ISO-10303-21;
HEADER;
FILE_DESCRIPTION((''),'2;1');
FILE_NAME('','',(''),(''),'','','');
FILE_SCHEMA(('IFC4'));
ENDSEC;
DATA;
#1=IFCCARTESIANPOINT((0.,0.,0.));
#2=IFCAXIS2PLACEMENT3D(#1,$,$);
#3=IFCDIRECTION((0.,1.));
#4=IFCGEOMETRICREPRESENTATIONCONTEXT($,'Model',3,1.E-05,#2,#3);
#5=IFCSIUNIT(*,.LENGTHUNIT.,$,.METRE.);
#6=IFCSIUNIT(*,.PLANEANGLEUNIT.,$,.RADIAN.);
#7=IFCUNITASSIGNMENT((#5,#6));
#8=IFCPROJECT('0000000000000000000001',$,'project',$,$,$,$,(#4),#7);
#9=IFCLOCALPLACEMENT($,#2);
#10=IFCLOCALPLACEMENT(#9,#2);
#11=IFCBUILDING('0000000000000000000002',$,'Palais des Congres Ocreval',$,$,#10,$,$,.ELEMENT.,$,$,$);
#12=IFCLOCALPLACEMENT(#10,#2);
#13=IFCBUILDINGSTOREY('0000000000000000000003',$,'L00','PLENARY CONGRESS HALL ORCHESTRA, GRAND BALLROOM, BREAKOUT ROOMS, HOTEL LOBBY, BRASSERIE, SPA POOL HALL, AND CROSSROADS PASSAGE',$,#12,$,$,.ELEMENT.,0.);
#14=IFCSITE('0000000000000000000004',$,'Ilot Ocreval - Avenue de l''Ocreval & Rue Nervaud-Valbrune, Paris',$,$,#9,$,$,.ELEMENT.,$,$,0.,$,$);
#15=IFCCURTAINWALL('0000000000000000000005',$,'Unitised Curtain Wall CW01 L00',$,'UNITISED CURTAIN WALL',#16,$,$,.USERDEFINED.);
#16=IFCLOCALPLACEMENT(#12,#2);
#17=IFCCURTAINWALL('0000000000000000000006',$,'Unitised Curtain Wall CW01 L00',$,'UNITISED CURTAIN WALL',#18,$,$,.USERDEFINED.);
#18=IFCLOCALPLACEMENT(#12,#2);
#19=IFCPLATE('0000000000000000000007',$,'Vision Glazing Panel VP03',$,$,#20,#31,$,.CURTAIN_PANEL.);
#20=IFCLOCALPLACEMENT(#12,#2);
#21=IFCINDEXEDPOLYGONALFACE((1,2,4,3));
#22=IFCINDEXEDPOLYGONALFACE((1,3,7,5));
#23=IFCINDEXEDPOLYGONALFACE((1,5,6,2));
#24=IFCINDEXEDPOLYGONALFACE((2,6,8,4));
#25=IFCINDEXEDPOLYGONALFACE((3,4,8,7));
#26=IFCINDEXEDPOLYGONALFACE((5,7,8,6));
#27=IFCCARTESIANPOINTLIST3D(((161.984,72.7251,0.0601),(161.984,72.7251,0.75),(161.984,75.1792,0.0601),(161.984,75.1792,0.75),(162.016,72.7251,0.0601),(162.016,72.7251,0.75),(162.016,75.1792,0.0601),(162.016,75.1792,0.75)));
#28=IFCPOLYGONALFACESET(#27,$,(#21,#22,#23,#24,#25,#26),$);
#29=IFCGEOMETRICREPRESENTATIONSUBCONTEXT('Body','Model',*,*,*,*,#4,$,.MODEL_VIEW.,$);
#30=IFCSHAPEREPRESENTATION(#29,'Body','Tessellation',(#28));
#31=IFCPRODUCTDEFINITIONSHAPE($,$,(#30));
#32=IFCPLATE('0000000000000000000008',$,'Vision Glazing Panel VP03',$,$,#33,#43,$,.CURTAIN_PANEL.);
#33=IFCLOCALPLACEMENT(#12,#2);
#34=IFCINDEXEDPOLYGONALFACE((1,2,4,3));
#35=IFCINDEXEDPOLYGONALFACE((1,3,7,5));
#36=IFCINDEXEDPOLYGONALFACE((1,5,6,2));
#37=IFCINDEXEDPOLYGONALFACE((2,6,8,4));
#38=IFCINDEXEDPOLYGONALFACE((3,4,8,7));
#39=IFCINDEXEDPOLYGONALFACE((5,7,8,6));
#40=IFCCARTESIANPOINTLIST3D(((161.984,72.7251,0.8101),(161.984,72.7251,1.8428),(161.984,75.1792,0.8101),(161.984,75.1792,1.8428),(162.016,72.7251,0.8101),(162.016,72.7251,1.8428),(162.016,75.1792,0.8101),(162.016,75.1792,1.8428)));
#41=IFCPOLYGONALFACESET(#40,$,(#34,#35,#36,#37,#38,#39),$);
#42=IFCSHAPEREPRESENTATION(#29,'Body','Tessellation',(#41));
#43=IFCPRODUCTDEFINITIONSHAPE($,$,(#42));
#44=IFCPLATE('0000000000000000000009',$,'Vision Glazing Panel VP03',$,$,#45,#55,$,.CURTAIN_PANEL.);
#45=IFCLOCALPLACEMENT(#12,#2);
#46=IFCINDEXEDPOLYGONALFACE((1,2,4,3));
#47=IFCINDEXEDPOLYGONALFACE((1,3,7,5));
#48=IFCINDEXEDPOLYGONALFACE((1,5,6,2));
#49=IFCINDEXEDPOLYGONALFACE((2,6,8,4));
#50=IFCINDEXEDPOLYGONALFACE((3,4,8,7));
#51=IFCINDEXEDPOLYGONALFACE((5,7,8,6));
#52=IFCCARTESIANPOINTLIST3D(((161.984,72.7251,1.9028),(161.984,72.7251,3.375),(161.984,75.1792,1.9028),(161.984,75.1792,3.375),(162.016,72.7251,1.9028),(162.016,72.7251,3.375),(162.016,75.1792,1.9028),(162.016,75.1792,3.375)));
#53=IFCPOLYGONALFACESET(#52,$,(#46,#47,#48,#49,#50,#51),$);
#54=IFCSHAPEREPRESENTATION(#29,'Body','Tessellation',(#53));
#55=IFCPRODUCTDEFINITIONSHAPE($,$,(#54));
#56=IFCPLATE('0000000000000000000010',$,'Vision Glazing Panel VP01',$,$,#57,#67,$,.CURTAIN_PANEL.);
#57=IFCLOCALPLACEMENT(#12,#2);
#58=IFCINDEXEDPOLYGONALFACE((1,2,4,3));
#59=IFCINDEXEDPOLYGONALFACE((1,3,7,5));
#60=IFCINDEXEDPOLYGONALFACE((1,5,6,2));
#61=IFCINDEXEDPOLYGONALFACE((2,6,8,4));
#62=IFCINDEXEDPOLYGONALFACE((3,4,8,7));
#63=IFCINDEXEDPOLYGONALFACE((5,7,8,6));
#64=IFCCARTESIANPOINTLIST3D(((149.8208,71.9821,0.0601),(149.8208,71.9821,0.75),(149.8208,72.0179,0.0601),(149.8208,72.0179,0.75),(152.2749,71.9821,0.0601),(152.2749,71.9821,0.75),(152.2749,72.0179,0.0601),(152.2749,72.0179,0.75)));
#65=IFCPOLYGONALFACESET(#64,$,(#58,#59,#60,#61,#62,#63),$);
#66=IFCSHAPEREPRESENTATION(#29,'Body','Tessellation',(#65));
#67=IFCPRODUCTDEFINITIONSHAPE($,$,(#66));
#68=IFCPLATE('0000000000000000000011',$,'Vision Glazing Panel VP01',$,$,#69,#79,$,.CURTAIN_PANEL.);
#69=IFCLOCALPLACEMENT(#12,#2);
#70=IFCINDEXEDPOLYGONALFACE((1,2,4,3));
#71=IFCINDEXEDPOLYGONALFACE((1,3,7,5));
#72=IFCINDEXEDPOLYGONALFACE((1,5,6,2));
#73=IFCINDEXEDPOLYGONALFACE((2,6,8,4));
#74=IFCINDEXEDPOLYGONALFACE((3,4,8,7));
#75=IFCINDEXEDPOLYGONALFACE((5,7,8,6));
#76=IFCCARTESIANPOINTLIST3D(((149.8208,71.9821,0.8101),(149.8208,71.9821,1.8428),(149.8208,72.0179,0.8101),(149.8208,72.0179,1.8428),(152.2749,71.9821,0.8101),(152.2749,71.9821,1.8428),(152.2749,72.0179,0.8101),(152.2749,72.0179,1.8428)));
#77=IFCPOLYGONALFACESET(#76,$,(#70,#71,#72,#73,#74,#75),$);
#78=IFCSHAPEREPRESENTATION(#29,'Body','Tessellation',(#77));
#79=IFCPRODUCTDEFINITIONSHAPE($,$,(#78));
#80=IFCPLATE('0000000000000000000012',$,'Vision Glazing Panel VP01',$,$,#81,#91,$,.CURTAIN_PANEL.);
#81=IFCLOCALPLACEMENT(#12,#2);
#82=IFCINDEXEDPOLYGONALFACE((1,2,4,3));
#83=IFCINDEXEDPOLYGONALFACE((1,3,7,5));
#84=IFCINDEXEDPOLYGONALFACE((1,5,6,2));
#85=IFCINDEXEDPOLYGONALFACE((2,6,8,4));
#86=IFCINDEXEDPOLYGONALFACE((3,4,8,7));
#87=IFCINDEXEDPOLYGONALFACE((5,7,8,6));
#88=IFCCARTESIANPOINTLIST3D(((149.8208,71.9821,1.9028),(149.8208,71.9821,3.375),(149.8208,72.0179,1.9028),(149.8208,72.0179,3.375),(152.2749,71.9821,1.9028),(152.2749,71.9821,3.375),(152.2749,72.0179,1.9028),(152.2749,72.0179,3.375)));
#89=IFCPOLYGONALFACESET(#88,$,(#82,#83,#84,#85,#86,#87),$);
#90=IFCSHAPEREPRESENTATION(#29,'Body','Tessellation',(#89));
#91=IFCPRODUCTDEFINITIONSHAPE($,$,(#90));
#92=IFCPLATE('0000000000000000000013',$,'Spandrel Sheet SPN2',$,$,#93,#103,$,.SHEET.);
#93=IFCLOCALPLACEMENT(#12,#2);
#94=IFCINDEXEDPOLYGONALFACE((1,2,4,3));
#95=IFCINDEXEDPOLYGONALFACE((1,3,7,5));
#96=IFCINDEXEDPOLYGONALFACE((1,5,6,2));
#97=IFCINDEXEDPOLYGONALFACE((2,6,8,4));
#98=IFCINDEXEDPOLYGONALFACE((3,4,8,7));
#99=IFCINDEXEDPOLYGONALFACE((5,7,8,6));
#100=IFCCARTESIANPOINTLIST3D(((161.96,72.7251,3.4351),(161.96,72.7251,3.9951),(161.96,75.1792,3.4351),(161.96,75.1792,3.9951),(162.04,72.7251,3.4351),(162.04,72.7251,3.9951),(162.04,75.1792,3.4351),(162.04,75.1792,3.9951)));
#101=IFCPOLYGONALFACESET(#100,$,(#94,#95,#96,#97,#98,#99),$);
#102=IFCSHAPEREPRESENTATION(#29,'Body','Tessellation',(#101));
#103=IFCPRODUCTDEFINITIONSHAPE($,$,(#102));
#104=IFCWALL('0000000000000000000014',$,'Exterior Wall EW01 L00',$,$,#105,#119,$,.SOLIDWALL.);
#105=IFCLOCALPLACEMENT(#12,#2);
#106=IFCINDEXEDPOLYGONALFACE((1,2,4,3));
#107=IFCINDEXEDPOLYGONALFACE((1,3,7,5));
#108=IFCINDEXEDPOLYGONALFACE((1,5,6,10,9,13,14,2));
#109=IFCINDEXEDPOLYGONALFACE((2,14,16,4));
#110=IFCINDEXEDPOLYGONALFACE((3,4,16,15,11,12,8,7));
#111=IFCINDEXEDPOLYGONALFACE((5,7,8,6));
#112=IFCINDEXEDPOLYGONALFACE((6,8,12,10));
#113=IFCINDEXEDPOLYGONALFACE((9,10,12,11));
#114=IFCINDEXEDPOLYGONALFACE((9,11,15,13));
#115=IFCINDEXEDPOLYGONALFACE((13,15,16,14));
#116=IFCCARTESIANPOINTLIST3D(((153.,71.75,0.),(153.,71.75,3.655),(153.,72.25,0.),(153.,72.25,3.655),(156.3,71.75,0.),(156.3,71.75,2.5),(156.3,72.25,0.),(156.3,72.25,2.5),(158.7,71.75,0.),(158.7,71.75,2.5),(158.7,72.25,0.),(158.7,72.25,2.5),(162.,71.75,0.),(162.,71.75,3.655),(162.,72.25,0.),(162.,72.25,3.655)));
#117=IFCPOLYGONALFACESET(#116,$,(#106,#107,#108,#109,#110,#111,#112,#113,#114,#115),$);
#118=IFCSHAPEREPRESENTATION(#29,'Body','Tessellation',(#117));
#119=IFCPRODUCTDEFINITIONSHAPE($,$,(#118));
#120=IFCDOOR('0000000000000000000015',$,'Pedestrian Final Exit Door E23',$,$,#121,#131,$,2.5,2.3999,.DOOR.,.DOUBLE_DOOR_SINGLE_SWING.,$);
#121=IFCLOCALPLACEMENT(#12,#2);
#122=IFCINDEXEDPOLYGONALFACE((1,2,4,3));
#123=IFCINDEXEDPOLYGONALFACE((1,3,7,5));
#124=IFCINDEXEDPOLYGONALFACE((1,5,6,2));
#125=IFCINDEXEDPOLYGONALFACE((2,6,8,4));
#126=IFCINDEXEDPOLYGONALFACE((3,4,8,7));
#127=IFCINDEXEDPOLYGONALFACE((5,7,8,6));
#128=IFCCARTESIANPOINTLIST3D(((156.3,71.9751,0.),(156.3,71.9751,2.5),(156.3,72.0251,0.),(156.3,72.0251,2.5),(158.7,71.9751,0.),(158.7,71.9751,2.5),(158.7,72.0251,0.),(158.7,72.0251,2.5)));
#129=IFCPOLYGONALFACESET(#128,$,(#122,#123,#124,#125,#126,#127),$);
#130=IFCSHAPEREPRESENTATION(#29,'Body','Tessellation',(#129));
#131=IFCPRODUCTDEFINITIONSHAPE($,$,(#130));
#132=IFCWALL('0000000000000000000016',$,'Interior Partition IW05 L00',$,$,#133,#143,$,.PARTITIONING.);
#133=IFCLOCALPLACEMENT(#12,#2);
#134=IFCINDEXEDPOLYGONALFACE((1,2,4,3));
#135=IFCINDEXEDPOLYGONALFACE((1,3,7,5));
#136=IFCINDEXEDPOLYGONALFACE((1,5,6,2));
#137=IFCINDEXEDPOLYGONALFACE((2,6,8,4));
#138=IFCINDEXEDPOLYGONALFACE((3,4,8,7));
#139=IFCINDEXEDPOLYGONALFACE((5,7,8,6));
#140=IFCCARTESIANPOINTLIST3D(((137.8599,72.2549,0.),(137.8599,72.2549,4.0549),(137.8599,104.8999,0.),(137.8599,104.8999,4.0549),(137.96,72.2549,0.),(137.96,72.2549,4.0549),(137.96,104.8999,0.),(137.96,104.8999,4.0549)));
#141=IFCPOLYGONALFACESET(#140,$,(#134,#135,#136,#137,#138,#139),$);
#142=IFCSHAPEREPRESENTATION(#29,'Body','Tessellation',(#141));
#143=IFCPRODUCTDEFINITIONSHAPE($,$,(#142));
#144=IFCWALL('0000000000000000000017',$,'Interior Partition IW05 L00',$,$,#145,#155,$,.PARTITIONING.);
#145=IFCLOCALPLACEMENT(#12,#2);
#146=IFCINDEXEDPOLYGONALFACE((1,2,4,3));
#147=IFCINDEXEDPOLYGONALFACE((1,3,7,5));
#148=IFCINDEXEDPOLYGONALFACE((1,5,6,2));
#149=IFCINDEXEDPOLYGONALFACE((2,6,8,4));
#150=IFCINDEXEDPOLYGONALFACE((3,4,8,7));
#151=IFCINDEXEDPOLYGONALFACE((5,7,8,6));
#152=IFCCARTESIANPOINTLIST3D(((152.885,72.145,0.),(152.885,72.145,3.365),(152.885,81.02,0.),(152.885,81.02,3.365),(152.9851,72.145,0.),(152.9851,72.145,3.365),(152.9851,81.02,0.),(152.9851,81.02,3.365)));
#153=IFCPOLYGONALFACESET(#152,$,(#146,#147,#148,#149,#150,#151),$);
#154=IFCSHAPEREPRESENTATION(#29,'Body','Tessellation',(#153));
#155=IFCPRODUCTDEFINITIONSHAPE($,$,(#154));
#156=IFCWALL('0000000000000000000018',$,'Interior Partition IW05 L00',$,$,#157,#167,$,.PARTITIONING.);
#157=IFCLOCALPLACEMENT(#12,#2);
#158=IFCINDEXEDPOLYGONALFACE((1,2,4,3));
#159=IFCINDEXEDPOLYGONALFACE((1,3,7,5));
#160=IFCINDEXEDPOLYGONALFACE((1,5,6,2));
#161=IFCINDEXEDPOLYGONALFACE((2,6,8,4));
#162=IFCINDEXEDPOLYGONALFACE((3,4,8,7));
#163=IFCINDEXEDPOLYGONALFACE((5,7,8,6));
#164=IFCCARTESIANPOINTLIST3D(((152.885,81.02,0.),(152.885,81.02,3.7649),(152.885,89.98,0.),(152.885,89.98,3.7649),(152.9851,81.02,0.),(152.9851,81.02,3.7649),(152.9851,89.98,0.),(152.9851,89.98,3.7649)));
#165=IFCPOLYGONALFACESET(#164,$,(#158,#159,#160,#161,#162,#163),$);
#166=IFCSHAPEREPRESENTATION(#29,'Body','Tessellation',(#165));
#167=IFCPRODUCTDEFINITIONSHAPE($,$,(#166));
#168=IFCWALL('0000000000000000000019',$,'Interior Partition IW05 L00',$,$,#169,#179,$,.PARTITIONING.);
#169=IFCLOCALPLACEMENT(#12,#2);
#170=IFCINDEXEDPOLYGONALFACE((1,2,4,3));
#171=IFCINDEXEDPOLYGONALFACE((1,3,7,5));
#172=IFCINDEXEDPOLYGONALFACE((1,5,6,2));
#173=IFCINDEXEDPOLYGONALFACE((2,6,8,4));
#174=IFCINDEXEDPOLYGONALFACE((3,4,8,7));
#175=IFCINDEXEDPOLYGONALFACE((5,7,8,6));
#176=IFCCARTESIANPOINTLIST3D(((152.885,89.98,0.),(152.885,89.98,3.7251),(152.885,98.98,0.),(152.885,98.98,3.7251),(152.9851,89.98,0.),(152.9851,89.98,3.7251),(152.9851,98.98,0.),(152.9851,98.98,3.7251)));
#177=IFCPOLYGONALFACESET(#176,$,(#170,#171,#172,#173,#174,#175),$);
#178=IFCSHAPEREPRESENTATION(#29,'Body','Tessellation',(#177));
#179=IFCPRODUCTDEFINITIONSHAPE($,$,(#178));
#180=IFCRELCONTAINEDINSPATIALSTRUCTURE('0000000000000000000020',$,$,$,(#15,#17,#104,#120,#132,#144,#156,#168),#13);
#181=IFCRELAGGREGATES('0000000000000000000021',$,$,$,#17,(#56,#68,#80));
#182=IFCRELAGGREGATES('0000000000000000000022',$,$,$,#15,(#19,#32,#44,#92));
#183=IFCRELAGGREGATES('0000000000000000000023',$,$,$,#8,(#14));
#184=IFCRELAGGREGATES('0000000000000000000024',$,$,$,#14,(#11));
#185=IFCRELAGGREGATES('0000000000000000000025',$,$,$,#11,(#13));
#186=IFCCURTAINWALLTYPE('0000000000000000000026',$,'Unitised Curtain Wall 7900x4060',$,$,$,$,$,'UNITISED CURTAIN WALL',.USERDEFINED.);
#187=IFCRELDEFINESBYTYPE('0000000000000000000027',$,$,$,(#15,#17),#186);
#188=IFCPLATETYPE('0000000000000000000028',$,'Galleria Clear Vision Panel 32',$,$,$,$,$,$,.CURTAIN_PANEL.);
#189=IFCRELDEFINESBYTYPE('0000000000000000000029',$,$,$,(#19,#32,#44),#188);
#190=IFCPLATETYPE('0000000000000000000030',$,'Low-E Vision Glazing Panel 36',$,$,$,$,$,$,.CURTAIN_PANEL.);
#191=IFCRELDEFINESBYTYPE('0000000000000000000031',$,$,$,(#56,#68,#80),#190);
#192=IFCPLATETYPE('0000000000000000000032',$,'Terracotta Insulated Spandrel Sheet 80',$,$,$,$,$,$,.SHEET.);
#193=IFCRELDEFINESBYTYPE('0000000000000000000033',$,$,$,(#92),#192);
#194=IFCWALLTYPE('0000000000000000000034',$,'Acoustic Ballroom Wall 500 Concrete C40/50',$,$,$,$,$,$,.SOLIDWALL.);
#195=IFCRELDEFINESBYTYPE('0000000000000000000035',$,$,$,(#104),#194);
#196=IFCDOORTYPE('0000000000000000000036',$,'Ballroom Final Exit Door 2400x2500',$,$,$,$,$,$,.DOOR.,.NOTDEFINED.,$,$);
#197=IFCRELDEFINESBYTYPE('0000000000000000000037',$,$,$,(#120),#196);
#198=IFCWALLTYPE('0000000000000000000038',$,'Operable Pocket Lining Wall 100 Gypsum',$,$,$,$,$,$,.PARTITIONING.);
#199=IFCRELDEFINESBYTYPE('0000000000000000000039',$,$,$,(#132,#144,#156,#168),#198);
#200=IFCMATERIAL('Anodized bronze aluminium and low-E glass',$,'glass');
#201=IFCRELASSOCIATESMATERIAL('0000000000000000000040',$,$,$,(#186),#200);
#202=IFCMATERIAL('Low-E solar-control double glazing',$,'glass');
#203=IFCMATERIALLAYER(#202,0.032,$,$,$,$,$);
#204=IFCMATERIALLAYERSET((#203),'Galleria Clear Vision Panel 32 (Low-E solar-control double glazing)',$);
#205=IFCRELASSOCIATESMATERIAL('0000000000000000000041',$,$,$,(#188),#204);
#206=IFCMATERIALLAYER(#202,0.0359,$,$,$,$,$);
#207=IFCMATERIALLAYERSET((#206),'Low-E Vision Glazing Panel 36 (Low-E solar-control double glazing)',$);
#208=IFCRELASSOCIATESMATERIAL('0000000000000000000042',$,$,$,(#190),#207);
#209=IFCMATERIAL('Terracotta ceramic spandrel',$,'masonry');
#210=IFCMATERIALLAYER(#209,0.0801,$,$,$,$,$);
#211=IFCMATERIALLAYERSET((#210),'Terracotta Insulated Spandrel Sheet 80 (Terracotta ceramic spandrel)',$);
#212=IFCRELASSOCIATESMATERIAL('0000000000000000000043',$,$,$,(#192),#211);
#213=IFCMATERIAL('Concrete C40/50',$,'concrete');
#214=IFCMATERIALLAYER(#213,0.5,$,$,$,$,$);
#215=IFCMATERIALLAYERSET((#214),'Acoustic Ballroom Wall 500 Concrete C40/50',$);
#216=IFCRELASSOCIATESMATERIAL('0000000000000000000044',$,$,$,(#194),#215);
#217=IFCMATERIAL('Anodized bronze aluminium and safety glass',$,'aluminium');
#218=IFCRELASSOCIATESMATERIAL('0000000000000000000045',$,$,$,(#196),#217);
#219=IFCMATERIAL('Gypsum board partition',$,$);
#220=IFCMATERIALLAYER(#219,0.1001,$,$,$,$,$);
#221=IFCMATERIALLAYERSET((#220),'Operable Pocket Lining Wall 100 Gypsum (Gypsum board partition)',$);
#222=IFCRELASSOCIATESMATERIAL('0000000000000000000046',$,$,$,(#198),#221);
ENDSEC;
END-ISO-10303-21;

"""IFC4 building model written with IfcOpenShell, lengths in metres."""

from ifc_helpers import new_model, si_unit, direction, frame, frame_2d, origin, origin_2d, place, context, subcontext, project, spatial, rectangle, extrude, material, layer, layer_set, type_object, element, fill, aggregate, save


model = new_model("IFC4")

# Units and contexts
model_context = context("Model", 3, precision=1e-05, world=origin(), true_north=direction((0.0, 1.0)))
body_context = subcontext(model_context, "Body", "Model", "MODEL_VIEW")
ifc_project = project(units=[si_unit("LENGTHUNIT", "METRE"), si_unit("PLANEANGLEUNIT", "RADIAN")], contexts=[model_context])

# Site, building, storey
site_placement = place(None, origin())
site = spatial("IfcSite", under=ifc_project, at=site_placement, Name="Ilot Ocreval - Avenue de l'Ocreval & Rue Nervaud-Valbrune, Paris", CompositionType="ELEMENT", RefElevation=0.0)
building_placement = place(site_placement, origin())
building = spatial("IfcBuilding", under=site, at=building_placement, Name="Palais des Congres Ocreval", CompositionType="ELEMENT")
storey_placement = place(building_placement, origin())
storey = spatial("IfcBuildingStorey", under=building, at=storey_placement, Name="L00", Description="PLENARY CONGRESS HALL ORCHESTRA, GRAND BALLROOM, BREAKOUT ROOMS, HOTEL LOBBY, BRASSERIE, SPA POOL HALL, AND CROSSROADS PASSAGE", CompositionType="ELEMENT", Elevation=0.0)

# Curtain wall
ifc_material_1 = material(Name="Anodized bronze aluminium and low-E glass", Category="glass")
curtain_wall_type = type_object("IfcCurtainWallType", Name="Unitised Curtain Wall 7900x4060", ElementType="UNITISED CURTAIN WALL", PredefinedType="USERDEFINED", material=ifc_material_1)
curtain_wall_1_placement = place(storey_placement, origin())
curtain_wall_1 = element("IfcCurtainWall", 1, at=curtain_wall_1_placement, inside=storey, type_object=curtain_wall_type, Name="Unitised Curtain Wall CW01 L00", ObjectType="UNITISED CURTAIN WALL", PredefinedType="USERDEFINED")

# Curtain wall
curtain_wall_2_placement = place(storey_placement, origin())
curtain_wall_2 = element("IfcCurtainWall", 2, at=curtain_wall_2_placement, inside=storey, type_object=curtain_wall_type, Name="Unitised Curtain Wall CW01 L00", ObjectType="UNITISED CURTAIN WALL", PredefinedType="USERDEFINED")

# Plates
ifc_material_2 = material(Name="Low-E solar-control double glazing", Category="glass")
ifc_layer_1 = layer(ifc_material_2, 0.032)
ifc_layer_set_1 = layer_set([ifc_layer_1], Name="Galleria Clear Vision Panel 32 (Low-E solar-control double glazing)")
plate_type_1 = type_object("IfcPlateType", Name="Galleria Clear Vision Panel 32", PredefinedType="CURTAIN_PANEL", material=ifc_layer_set_1)
plate_1_placement = place(storey_placement, frame((162.0, 73.9521, 0.0601), z_axis=(0.0, 0.0, 1.0), x_axis=(0.0, -1.0, 0.0)))
plate_1 = element("IfcPlate", 3, at=plate_1_placement, type_object=plate_type_1, Name="Vision Glazing Panel VP03", PredefinedType="CURTAIN_PANEL", context=body_context, shape_type="SweptSolid", body=[
    extrude(rectangle(XDim=2.4541, YDim=0.032, at=origin_2d()), origin(), (0.0, 0.0, 1.0), 0.6899),
])
plate_2_placement = place(storey_placement, frame((162.0, 73.9521, 0.8101), z_axis=(0.0, 0.0, 1.0), x_axis=(0.0, -1.0, 0.0)))
plate_2 = element("IfcPlate", 4, at=plate_2_placement, type_object=plate_type_1, Name="Vision Glazing Panel VP03", PredefinedType="CURTAIN_PANEL", context=body_context, shape_type="SweptSolid", body=[
    extrude(rectangle(XDim=2.4541, YDim=0.032, at=origin_2d()), origin(), (0.0, 0.0, 1.0), 1.0327),
])
plate_3_placement = place(storey_placement, frame((162.0, 73.9521, 1.9028), z_axis=(0.0, 0.0, 1.0), x_axis=(0.0, -1.0, 0.0)))
plate_3 = element("IfcPlate", 5, at=plate_3_placement, type_object=plate_type_1, Name="Vision Glazing Panel VP03", PredefinedType="CURTAIN_PANEL", context=body_context, shape_type="SweptSolid", body=[
    extrude(rectangle(XDim=2.4541, YDim=0.032, at=origin_2d()), origin(), (0.0, 0.0, 1.0), 1.4722),
])
ifc_layer_2 = layer(ifc_material_2, 0.0359)
ifc_layer_set_2 = layer_set([ifc_layer_2], Name="Low-E Vision Glazing Panel 36 (Low-E solar-control double glazing)")
plate_type_2 = type_object("IfcPlateType", Name="Low-E Vision Glazing Panel 36", PredefinedType="CURTAIN_PANEL", material=ifc_layer_set_2)
plate_4_placement = place(storey_placement, frame((151.0479, 72.0, 0.0601), z_axis=(0.0, 0.0, 1.0), x_axis=(-1.0, 0.0, 0.0)))
plate_4 = element("IfcPlate", 6, at=plate_4_placement, type_object=plate_type_2, Name="Vision Glazing Panel VP01", PredefinedType="CURTAIN_PANEL", context=body_context, shape_type="SweptSolid", body=[
    extrude(rectangle(XDim=2.4541, YDim=0.0359, at=origin_2d()), origin(), (0.0, 0.0, 1.0), 0.6899),
])
plate_5_placement = place(storey_placement, frame((151.0479, 72.0, 0.8101), z_axis=(0.0, 0.0, 1.0), x_axis=(-1.0, 0.0, 0.0)))
plate_5 = element("IfcPlate", 7, at=plate_5_placement, type_object=plate_type_2, Name="Vision Glazing Panel VP01", PredefinedType="CURTAIN_PANEL", context=body_context, shape_type="SweptSolid", body=[
    extrude(rectangle(XDim=2.4541, YDim=0.0359, at=origin_2d()), origin(), (0.0, 0.0, 1.0), 1.0327),
])
plate_6_placement = place(storey_placement, frame((151.0479, 72.0, 1.9028), z_axis=(0.0, 0.0, 1.0), x_axis=(-1.0, 0.0, 0.0)))
plate_6 = element("IfcPlate", 8, at=plate_6_placement, type_object=plate_type_2, Name="Vision Glazing Panel VP01", PredefinedType="CURTAIN_PANEL", context=body_context, shape_type="SweptSolid", body=[
    extrude(rectangle(XDim=2.4541, YDim=0.0359, at=origin_2d()), origin(), (0.0, 0.0, 1.0), 1.4722),
])
aggregate(curtain_wall_2, [plate_4, plate_5, plate_6])
ifc_material_3 = material(Name="Terracotta ceramic spandrel", Category="masonry")
ifc_layer_3 = layer(ifc_material_3, 0.0801)
ifc_layer_set_3 = layer_set([ifc_layer_3], Name="Terracotta Insulated Spandrel Sheet 80 (Terracotta ceramic spandrel)")
plate_type_3 = type_object("IfcPlateType", Name="Terracotta Insulated Spandrel Sheet 80", PredefinedType="SHEET", material=ifc_layer_set_3)
plate_7_placement = place(storey_placement, frame((162.0, 73.9521, 3.4351), z_axis=(0.0, 0.0, 1.0), x_axis=(0.0, -1.0, 0.0)))
plate_7 = element("IfcPlate", 9, at=plate_7_placement, type_object=plate_type_3, Name="Spandrel Sheet SPN2", PredefinedType="SHEET", context=body_context, shape_type="SweptSolid", body=[
    extrude(rectangle(XDim=2.4541, YDim=0.0801, at=origin_2d()), origin(), (0.0, 0.0, 1.0), 0.5601),
])
aggregate(curtain_wall_1, [plate_1, plate_2, plate_3, plate_7])

# Wall, opening, door
ifc_material_4 = material(Name="Concrete C40/50", Category="concrete")
ifc_layer_4 = layer(ifc_material_4, 0.5)
ifc_layer_set_4 = layer_set([ifc_layer_4], Name="Acoustic Ballroom Wall 500 Concrete C40/50")
wall_type_1 = type_object("IfcWallType", Name="Acoustic Ballroom Wall 500 Concrete C40/50", PredefinedType="SOLIDWALL", material=ifc_layer_set_4)
wall_1_placement = place(storey_placement, frame((162.0, 72.0, 0.0), z_axis=(0.0, 0.0, 1.0), x_axis=(-1.0, 0.0, 0.0)))
wall_1 = element("IfcWall", 10, at=wall_1_placement, inside=storey, type_object=wall_type_1, Name="Exterior Wall EW01 L00", PredefinedType="SOLIDWALL", context=body_context, shape_type="SweptSolid", body=[
    extrude(rectangle(XDim=9.0, YDim=0.5, at=frame_2d((4.5, 0.0))), origin(), (0.0, 0.0, 1.0), 3.655),
])
opening_placement = place(wall_1_placement, frame((3.3, 0.0, 0.0)))
opening = element("IfcOpeningElement", 11, at=opening_placement, cuts=wall_1, PredefinedType="OPENING", context=body_context, shape_type="SweptSolid", body=[
    extrude(rectangle(XDim=2.3999, YDim=2.5, at=frame_2d((1.2, 1.25))), frame((0.0, 0.26, 0.0), z_axis=(0.0, -1.0, 0.0), x_axis=(1.0, 0.0, 0.0)), (0.0, 0.0, 1.0), 0.52),
])
ifc_material_5 = material(Name="Anodized bronze aluminium and safety glass", Category="aluminium")
door_type = type_object("IfcDoorType", Name="Ballroom Final Exit Door 2400x2500", OperationType="NOTDEFINED", PredefinedType="DOOR", material=ifc_material_5)
door_placement = place(opening_placement, origin())
door = element("IfcDoor", 12, at=door_placement, inside=storey, type_object=door_type, Name="Pedestrian Final Exit Door E23", OperationType="DOUBLE_DOOR_SINGLE_SWING", OverallHeight=2.5, OverallWidth=2.3999, PredefinedType="DOOR", context=body_context, shape_type="SweptSolid", body=[
    extrude(rectangle(XDim=2.3999, YDim=2.5, at=frame_2d((1.2, 1.25))), frame((0.0, 0.0249, 0.0), z_axis=(0.0, -1.0, 0.0), x_axis=(1.0, 0.0, 0.0)), (0.0, 0.0, 1.0), 0.05),
])
fill(opening, door)

# Walls
ifc_material_6 = material(Name="Gypsum board partition")
ifc_layer_5 = layer(ifc_material_6, 0.1001)
ifc_layer_set_5 = layer_set([ifc_layer_5], Name="Operable Pocket Lining Wall 100 Gypsum (Gypsum board partition)")
wall_type_2 = type_object("IfcWallType", Name="Operable Pocket Lining Wall 100 Gypsum", PredefinedType="PARTITIONING", material=ifc_layer_set_5)
wall_2_placement = place(storey_placement, frame((137.9099, 72.2549, 0.0), z_axis=(0.0, 0.0, 1.0), x_axis=(0.0, 1.0, 0.0)))
element("IfcWall", 13, at=wall_2_placement, inside=storey, type_object=wall_type_2, Name="Interior Partition IW05 L00", PredefinedType="PARTITIONING", context=body_context, shape_type="SweptSolid", body=[
    extrude(rectangle(XDim=32.645, YDim=0.1001, at=frame_2d((16.3225, 0.0))), origin(), (0.0, 0.0, 1.0), 4.0549),
])
wall_3_placement = place(storey_placement, frame((152.9351, 72.145, 0.0), z_axis=(0.0, 0.0, 1.0), x_axis=(0.0, 1.0, 0.0)))
element("IfcWall", 14, at=wall_3_placement, inside=storey, type_object=wall_type_2, Name="Interior Partition IW05 L00", PredefinedType="PARTITIONING", context=body_context, shape_type="SweptSolid", body=[
    extrude(rectangle(XDim=8.875, YDim=0.1001, at=frame_2d((4.4375, 0.0))), origin(), (0.0, 0.0, 1.0), 3.365),
])
wall_4_placement = place(storey_placement, frame((152.9351, 81.02, 0.0), z_axis=(0.0, 0.0, 1.0), x_axis=(0.0, 1.0, 0.0)))
element("IfcWall", 15, at=wall_4_placement, inside=storey, type_object=wall_type_2, Name="Interior Partition IW05 L00", PredefinedType="PARTITIONING", context=body_context, shape_type="SweptSolid", body=[
    extrude(rectangle(XDim=8.96, YDim=0.1001, at=frame_2d((4.48, 0.0))), origin(), (0.0, 0.0, 1.0), 3.7649),
])
wall_5_placement = place(storey_placement, frame((152.9351, 89.98, 0.0), z_axis=(0.0, 0.0, 1.0), x_axis=(0.0, 1.0, 0.0)))
element("IfcWall", 16, at=wall_5_placement, inside=storey, type_object=wall_type_2, Name="Interior Partition IW05 L00", PredefinedType="PARTITIONING", context=body_context, shape_type="SweptSolid", body=[
    extrude(rectangle(XDim=9.0, YDim=0.1001, at=frame_2d((4.5, 0.0))), origin(), (0.0, 0.0, 1.0), 3.7251),
])

save(model, "model.ifc")
